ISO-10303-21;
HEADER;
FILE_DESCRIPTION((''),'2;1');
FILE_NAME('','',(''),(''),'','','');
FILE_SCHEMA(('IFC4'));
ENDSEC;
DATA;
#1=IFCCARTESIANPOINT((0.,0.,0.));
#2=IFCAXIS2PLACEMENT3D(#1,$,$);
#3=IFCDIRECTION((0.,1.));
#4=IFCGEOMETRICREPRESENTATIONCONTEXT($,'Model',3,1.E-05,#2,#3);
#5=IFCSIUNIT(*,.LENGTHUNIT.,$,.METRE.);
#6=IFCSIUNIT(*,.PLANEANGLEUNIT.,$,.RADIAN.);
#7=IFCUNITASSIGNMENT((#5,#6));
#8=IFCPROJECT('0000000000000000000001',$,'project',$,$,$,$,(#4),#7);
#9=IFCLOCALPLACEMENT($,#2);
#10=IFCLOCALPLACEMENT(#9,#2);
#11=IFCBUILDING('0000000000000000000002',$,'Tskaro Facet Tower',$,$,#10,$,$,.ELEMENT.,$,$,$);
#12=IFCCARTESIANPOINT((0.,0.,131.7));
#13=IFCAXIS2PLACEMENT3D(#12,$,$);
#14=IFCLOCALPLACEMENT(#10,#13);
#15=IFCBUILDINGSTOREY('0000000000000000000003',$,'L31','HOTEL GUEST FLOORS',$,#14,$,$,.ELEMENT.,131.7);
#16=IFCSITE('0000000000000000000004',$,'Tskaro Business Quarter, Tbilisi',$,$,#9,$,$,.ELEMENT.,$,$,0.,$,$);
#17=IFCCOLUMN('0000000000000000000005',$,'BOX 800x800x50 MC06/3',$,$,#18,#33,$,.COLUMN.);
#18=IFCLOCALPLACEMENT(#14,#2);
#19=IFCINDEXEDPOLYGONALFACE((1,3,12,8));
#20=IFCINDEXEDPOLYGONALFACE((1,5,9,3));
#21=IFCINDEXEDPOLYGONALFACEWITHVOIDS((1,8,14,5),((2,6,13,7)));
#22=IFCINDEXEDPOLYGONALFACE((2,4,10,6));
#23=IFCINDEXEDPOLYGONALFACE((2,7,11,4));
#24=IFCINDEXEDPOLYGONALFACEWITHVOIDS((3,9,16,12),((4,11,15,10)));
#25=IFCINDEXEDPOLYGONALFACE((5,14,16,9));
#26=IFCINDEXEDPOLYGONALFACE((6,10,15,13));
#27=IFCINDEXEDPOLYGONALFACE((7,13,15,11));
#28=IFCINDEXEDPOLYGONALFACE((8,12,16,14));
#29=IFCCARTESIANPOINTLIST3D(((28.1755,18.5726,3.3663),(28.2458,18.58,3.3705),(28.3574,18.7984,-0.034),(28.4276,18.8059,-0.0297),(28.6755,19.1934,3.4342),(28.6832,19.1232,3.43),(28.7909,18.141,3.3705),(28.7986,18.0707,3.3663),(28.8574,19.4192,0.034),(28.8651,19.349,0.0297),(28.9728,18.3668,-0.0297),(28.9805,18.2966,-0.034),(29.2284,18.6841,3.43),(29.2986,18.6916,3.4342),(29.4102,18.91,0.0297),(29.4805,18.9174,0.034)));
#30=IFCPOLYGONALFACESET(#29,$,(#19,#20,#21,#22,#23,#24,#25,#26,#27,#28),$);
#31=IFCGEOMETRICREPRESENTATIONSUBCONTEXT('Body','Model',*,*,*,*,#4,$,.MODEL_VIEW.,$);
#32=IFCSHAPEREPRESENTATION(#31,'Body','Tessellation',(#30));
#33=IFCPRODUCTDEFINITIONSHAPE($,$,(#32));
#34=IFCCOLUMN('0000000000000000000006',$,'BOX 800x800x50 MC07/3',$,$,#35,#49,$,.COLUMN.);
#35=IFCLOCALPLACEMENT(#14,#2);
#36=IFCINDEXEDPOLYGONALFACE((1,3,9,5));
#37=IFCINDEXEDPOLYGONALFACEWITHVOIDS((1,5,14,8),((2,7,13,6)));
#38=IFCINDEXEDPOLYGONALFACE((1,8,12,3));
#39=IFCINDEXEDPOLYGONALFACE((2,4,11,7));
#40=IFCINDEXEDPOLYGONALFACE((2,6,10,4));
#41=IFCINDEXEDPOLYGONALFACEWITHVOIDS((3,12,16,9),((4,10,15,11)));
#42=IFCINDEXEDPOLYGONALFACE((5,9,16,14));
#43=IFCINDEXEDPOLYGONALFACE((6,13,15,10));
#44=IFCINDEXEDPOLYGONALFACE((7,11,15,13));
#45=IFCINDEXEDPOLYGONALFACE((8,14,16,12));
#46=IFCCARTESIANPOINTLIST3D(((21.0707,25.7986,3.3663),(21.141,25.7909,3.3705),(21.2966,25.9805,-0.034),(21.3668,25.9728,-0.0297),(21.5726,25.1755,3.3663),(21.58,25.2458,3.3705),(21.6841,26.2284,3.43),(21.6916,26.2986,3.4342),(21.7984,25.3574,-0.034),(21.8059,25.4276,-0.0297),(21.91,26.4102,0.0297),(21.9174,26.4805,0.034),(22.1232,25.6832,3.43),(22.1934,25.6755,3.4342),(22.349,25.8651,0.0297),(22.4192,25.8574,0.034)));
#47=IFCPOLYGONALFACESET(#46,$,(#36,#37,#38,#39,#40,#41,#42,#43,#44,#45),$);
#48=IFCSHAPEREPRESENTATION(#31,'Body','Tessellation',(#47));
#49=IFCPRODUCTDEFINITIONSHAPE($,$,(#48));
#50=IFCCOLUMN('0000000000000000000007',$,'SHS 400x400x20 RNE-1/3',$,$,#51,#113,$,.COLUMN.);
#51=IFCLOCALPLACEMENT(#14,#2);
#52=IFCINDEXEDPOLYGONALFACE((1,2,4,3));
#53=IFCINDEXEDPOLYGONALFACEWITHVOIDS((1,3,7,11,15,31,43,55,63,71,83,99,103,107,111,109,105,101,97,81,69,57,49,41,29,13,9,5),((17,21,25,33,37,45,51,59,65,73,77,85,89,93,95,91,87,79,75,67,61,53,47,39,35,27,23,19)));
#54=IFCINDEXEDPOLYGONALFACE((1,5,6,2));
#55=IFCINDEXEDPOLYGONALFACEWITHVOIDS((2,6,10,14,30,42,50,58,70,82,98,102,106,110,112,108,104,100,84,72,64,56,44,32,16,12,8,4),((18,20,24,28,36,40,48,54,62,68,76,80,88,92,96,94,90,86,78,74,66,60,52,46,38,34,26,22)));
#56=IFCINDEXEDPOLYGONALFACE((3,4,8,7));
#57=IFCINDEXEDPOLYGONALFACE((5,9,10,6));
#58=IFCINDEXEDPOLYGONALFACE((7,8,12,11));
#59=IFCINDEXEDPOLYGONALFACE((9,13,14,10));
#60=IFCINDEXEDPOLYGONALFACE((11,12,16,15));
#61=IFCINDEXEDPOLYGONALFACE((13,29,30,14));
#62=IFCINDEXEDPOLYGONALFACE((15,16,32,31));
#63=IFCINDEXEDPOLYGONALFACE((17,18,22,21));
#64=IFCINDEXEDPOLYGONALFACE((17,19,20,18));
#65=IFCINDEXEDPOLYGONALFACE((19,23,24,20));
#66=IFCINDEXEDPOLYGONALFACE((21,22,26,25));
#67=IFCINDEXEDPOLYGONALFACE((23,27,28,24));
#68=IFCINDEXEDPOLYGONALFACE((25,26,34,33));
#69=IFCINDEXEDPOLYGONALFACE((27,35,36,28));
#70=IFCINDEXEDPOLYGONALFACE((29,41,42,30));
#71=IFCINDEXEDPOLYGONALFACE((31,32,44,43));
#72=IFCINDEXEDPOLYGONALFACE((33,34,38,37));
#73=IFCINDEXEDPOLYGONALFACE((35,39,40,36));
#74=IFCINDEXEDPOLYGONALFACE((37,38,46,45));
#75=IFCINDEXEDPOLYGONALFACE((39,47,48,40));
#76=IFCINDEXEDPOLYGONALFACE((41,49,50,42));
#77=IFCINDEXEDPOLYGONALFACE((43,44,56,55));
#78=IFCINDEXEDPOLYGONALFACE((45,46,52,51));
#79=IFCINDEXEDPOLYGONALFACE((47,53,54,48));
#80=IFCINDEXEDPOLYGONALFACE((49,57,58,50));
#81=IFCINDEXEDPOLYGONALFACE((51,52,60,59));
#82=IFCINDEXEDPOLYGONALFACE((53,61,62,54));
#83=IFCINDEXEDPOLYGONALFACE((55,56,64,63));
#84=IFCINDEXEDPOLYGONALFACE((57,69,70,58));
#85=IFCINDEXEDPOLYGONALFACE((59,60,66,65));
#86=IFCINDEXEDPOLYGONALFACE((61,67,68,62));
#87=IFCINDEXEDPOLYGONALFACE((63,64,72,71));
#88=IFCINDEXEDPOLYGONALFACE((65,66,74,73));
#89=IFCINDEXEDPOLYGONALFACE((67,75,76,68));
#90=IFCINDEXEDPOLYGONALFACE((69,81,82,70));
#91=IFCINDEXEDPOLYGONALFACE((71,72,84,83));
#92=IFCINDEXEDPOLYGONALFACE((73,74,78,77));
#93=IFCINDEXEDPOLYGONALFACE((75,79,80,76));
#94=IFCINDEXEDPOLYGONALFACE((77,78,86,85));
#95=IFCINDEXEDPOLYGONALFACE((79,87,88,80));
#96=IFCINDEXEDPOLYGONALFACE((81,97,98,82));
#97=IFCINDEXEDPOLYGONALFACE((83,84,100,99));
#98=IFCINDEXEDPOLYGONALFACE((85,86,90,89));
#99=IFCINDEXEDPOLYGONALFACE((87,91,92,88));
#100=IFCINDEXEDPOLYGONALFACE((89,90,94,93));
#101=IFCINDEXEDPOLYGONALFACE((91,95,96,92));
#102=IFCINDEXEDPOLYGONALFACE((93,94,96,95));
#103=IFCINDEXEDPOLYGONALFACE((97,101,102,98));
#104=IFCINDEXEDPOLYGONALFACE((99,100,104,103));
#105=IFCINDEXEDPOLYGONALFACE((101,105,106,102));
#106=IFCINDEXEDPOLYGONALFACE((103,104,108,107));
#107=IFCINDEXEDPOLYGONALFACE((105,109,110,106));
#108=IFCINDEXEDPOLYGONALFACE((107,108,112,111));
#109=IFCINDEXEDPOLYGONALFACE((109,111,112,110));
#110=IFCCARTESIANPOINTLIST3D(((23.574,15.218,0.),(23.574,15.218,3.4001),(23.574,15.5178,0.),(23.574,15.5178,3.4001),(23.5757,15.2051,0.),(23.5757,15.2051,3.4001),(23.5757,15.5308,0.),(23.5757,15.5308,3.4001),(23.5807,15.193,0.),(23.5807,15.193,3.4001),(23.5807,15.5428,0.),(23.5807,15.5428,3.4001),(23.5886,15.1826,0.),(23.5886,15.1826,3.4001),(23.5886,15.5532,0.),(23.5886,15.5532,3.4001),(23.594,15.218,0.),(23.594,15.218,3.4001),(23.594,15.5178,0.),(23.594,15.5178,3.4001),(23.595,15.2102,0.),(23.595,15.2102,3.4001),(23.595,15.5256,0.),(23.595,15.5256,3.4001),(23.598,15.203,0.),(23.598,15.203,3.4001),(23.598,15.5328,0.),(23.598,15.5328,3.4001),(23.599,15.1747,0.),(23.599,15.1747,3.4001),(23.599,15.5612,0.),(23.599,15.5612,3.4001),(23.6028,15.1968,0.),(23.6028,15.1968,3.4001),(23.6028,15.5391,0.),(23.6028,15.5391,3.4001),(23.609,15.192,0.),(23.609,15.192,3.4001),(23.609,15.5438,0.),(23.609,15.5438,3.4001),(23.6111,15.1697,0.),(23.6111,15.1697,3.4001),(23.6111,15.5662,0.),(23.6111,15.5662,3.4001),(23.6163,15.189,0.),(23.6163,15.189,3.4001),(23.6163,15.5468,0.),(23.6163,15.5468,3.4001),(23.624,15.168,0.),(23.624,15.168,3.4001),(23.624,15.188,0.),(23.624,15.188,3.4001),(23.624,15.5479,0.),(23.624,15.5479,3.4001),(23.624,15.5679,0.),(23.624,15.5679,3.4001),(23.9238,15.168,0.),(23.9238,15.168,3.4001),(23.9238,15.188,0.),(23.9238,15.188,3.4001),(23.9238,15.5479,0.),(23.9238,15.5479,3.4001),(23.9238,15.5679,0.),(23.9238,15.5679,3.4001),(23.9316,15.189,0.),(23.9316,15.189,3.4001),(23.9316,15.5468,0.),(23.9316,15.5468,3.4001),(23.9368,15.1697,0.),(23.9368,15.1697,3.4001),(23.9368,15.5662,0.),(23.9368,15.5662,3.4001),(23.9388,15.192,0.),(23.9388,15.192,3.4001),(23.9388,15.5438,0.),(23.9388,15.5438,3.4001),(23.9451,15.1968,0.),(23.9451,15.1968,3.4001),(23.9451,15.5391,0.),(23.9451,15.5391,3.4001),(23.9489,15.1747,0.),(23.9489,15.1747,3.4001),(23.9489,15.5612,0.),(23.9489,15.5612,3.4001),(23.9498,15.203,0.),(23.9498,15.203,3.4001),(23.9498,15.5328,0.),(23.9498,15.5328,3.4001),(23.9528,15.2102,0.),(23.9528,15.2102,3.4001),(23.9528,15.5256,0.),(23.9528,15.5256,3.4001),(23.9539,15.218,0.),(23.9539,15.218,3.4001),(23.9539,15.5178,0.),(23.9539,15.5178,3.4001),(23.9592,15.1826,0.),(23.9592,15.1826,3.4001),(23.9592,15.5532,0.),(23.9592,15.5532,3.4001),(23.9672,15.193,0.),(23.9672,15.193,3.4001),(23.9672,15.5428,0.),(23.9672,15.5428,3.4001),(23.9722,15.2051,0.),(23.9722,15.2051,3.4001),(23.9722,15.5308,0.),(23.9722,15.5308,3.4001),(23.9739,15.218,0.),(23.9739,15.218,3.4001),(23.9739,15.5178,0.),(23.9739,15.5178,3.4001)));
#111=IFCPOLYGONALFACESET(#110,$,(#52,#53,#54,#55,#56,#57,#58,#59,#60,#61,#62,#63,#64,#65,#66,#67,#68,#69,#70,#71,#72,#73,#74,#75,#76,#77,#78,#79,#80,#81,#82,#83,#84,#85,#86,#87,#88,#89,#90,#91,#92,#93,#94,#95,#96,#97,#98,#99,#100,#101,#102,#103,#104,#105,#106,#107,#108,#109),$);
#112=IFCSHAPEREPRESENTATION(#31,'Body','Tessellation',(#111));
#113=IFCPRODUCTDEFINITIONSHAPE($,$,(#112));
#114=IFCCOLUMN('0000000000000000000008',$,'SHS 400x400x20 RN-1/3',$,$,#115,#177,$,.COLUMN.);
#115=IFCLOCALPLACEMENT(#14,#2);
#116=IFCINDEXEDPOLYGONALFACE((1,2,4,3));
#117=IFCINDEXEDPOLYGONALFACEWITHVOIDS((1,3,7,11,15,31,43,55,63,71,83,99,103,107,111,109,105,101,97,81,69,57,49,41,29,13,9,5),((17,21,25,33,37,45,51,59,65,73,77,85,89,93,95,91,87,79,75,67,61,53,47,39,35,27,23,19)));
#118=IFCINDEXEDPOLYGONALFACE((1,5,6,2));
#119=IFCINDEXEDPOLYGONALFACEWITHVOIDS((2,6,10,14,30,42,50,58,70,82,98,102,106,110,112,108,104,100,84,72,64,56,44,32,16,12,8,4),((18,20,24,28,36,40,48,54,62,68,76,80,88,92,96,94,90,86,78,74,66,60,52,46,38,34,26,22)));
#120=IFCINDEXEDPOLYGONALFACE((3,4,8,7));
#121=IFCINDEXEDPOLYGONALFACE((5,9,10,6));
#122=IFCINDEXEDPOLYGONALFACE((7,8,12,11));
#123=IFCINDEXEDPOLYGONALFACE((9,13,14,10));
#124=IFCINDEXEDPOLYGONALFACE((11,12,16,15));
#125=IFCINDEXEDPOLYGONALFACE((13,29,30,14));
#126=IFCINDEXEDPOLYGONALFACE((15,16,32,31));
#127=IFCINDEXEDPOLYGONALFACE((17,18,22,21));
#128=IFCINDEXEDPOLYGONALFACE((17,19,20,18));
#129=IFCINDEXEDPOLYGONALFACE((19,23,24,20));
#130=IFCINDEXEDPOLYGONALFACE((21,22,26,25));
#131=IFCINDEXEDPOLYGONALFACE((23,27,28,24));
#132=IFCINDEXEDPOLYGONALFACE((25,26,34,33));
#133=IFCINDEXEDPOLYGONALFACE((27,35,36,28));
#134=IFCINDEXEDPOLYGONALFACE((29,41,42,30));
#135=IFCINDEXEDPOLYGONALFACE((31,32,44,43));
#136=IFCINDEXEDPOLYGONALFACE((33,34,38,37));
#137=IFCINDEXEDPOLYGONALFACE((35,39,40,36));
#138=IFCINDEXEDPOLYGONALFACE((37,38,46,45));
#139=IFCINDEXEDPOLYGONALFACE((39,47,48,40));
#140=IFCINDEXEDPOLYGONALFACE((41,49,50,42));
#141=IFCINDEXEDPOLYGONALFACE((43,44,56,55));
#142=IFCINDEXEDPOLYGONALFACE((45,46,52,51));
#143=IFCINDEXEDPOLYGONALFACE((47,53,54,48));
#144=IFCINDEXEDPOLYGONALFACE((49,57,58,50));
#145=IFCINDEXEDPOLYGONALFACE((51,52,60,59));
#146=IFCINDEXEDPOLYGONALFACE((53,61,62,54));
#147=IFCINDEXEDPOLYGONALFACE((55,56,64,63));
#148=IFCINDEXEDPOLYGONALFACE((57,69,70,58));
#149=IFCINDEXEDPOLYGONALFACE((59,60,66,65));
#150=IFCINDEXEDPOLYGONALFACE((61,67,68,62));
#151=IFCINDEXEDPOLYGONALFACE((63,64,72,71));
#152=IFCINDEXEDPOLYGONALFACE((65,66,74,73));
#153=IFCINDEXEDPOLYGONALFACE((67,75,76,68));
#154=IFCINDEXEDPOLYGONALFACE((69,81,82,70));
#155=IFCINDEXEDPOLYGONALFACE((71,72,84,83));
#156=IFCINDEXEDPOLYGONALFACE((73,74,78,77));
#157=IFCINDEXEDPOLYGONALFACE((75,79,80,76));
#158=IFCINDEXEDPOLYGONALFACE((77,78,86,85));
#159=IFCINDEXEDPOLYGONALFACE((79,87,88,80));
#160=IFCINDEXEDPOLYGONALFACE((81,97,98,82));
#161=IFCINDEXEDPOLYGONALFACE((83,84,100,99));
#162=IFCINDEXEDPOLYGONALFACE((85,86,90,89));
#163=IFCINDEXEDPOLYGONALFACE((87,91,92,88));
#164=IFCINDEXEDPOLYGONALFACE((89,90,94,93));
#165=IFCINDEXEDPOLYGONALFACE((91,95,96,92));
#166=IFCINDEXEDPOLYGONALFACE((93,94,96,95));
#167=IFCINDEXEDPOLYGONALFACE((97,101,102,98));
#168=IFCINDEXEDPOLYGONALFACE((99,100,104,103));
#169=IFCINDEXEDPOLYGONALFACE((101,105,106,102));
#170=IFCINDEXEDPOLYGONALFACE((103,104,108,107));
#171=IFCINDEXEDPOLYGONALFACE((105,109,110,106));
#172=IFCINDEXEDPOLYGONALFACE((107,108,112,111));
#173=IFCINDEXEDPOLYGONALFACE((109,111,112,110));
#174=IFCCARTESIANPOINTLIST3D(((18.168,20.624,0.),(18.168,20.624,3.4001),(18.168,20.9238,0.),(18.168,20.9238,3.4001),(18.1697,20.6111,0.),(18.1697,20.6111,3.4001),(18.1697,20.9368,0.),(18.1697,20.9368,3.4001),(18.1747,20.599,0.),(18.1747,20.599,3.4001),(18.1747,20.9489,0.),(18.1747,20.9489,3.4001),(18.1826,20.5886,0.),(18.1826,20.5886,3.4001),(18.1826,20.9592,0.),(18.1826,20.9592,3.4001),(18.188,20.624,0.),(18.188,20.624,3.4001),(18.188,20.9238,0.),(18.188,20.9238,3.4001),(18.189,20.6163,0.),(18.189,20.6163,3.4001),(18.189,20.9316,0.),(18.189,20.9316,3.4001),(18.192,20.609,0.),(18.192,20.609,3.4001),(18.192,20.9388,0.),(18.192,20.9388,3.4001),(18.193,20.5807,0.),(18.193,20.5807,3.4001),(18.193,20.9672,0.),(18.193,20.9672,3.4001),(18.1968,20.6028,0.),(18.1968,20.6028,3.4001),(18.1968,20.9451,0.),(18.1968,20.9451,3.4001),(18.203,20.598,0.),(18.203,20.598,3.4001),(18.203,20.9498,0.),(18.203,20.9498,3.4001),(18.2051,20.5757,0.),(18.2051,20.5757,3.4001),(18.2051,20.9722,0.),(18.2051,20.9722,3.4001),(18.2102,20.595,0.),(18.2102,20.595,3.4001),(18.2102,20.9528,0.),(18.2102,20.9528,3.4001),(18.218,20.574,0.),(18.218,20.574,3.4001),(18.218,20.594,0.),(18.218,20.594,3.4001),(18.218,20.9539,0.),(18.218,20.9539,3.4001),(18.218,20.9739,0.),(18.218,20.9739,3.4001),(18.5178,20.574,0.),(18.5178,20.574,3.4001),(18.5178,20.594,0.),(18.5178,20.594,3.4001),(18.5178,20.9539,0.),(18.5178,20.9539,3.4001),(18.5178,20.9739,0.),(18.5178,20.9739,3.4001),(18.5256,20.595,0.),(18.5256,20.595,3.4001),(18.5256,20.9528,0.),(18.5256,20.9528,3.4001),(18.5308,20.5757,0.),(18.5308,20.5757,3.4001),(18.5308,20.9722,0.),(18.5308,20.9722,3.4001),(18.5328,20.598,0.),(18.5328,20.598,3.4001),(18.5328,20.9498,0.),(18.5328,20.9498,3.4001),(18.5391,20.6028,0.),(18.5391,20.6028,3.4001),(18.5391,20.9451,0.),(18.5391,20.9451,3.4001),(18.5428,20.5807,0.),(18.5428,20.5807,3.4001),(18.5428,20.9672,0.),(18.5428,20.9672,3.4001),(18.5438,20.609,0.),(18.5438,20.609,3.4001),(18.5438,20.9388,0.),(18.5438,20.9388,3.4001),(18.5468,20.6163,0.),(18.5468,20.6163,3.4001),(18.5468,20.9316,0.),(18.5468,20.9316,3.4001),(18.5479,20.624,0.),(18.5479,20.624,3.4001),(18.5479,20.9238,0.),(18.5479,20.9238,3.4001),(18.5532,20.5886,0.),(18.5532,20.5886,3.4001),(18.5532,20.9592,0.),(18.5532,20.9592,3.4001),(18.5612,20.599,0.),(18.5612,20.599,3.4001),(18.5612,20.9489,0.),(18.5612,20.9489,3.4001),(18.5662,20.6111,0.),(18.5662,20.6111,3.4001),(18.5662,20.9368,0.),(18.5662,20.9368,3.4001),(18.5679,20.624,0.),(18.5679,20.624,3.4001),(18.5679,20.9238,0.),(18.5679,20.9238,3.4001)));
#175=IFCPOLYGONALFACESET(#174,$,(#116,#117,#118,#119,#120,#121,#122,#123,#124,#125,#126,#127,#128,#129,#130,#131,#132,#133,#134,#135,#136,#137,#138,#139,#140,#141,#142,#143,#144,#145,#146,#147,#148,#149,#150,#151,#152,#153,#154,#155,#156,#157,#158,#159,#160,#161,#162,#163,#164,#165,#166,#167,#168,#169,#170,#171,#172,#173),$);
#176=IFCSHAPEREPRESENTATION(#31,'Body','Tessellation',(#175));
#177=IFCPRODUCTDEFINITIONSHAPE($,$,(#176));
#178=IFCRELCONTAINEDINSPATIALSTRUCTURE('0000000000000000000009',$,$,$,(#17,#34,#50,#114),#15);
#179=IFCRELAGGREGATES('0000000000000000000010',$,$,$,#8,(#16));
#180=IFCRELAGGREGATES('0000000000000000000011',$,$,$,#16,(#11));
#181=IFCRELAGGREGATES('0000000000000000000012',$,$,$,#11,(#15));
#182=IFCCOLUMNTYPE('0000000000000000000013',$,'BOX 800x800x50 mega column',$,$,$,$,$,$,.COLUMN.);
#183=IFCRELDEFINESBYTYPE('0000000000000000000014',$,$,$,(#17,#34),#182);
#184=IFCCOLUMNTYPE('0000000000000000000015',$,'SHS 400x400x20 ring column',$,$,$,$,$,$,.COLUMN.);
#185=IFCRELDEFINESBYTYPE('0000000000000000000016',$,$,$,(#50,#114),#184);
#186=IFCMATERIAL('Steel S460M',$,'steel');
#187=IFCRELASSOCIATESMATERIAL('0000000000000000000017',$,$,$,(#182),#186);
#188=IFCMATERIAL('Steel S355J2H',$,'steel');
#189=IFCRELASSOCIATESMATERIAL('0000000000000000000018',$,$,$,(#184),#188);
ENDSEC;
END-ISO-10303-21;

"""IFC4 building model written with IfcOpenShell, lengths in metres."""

from ifc_helpers import new_model, si_unit, direction, frame, origin, origin_2d, place, context, subcontext, project, spatial, hollow_rectangle, extrude, material, material_profile, profile_set, type_object, element, save


model = new_model("IFC4")

# Units and contexts
model_context = context("Model", 3, precision=1e-05, world=origin(), true_north=direction((0.0, 1.0)))
body_context = subcontext(model_context, "Body", "Model", "MODEL_VIEW")
ifc_project = project(units=[si_unit("LENGTHUNIT", "METRE"), si_unit("PLANEANGLEUNIT", "RADIAN")], contexts=[model_context])

# Site, building, storey
site_placement = place(None, origin())
site = spatial("IfcSite", under=ifc_project, at=site_placement, Name="Tskaro Business Quarter, Tbilisi", CompositionType="ELEMENT", RefElevation=0.0)
building_placement = place(site_placement, origin())
building = spatial("IfcBuilding", under=site, at=building_placement, Name="Tskaro Facet Tower", CompositionType="ELEMENT")
storey_placement = place(building_placement, frame((0.0, 0.0, 131.7)))
storey = spatial("IfcBuildingStorey", under=building, at=storey_placement, Name="L31", Description="HOTEL GUEST FLOORS", CompositionType="ELEMENT", Elevation=131.7)

# Columns
ifc_material_1 = material(Name="Steel S460M", Category="steel")
ifc_material_profile_1 = material_profile(ifc_material_1, hollow_rectangle(XDim=0.8, YDim=0.8, WallThickness=0.05, at=origin_2d()), Name="BOX 800x800x50")
ifc_profile_set_1 = profile_set([ifc_material_profile_1], Name="Steel S460M")
column_type_1 = type_object("IfcColumnType", Name="BOX 800x800x50 mega column", PredefinedType="COLUMN", material=ifc_profile_set_1)
for number, where, z_axis, x_axis, name in (
    (1, (28.9189, 18.8579, 0.0), (-0.0533, -0.066178, 0.996383), (0.778811, -0.627259, 0.0), "BOX 800x800x50 MC06/3"),
    (2, (21.8579, 25.9189, 0.0), (-0.066178, -0.0533, 0.996383), (0.627259, -0.778811, 0.0), "BOX 800x800x50 MC07/3"),
):
    element("IfcColumn", number, at=place(storey_placement, frame(where, z_axis=z_axis, x_axis=x_axis)), inside=storey, type_object=column_type_1, Name=name, PredefinedType="COLUMN", context=body_context, shape_type="SweptSolid", body=[
        extrude(hollow_rectangle(XDim=0.8, YDim=0.8, WallThickness=0.05, at=origin_2d()), origin(), (0.0, 0.0, 1.0), 3.4126),
    ])
ifc_material_2 = material(Name="Steel S355J2H", Category="steel")
ifc_material_profile_2 = material_profile(ifc_material_2, hollow_rectangle(XDim=0.3999, YDim=0.3999, WallThickness=0.02, InnerFilletRadius=0.03, OuterFilletRadius=0.05, at=origin_2d()), Name="SHS 400x400x20")
ifc_profile_set_2 = profile_set([ifc_material_profile_2], Name="Steel S355J2H")
column_type_2 = type_object("IfcColumnType", Name="SHS 400x400x20 ring column", PredefinedType="COLUMN", material=ifc_profile_set_2)
for number, where, z_axis, x_axis, name in (
    (3, (23.7739, 15.3679, 0.0), (0.0, 0.0, 1.0), (1.0, 0.0, 0.0), "SHS 400x400x20 RNE-1/3"),
    (4, (18.3679, 20.7739, 0.0), (0.0, 0.0, 1.0), (1.0, 0.0, 0.0), "SHS 400x400x20 RN-1/3"),
):
    element("IfcColumn", number, at=place(storey_placement, frame(where, z_axis=z_axis, x_axis=x_axis)), inside=storey, type_object=column_type_2, Name=name, PredefinedType="COLUMN", context=body_context, shape_type="SweptSolid", body=[
        extrude(hollow_rectangle(XDim=0.3999, YDim=0.3999, WallThickness=0.02, InnerFilletRadius=0.03, OuterFilletRadius=0.05, at=origin_2d()), origin(), (0.0, 0.0, 1.0), 3.4001),
    ])

save(model, "model.ifc")
